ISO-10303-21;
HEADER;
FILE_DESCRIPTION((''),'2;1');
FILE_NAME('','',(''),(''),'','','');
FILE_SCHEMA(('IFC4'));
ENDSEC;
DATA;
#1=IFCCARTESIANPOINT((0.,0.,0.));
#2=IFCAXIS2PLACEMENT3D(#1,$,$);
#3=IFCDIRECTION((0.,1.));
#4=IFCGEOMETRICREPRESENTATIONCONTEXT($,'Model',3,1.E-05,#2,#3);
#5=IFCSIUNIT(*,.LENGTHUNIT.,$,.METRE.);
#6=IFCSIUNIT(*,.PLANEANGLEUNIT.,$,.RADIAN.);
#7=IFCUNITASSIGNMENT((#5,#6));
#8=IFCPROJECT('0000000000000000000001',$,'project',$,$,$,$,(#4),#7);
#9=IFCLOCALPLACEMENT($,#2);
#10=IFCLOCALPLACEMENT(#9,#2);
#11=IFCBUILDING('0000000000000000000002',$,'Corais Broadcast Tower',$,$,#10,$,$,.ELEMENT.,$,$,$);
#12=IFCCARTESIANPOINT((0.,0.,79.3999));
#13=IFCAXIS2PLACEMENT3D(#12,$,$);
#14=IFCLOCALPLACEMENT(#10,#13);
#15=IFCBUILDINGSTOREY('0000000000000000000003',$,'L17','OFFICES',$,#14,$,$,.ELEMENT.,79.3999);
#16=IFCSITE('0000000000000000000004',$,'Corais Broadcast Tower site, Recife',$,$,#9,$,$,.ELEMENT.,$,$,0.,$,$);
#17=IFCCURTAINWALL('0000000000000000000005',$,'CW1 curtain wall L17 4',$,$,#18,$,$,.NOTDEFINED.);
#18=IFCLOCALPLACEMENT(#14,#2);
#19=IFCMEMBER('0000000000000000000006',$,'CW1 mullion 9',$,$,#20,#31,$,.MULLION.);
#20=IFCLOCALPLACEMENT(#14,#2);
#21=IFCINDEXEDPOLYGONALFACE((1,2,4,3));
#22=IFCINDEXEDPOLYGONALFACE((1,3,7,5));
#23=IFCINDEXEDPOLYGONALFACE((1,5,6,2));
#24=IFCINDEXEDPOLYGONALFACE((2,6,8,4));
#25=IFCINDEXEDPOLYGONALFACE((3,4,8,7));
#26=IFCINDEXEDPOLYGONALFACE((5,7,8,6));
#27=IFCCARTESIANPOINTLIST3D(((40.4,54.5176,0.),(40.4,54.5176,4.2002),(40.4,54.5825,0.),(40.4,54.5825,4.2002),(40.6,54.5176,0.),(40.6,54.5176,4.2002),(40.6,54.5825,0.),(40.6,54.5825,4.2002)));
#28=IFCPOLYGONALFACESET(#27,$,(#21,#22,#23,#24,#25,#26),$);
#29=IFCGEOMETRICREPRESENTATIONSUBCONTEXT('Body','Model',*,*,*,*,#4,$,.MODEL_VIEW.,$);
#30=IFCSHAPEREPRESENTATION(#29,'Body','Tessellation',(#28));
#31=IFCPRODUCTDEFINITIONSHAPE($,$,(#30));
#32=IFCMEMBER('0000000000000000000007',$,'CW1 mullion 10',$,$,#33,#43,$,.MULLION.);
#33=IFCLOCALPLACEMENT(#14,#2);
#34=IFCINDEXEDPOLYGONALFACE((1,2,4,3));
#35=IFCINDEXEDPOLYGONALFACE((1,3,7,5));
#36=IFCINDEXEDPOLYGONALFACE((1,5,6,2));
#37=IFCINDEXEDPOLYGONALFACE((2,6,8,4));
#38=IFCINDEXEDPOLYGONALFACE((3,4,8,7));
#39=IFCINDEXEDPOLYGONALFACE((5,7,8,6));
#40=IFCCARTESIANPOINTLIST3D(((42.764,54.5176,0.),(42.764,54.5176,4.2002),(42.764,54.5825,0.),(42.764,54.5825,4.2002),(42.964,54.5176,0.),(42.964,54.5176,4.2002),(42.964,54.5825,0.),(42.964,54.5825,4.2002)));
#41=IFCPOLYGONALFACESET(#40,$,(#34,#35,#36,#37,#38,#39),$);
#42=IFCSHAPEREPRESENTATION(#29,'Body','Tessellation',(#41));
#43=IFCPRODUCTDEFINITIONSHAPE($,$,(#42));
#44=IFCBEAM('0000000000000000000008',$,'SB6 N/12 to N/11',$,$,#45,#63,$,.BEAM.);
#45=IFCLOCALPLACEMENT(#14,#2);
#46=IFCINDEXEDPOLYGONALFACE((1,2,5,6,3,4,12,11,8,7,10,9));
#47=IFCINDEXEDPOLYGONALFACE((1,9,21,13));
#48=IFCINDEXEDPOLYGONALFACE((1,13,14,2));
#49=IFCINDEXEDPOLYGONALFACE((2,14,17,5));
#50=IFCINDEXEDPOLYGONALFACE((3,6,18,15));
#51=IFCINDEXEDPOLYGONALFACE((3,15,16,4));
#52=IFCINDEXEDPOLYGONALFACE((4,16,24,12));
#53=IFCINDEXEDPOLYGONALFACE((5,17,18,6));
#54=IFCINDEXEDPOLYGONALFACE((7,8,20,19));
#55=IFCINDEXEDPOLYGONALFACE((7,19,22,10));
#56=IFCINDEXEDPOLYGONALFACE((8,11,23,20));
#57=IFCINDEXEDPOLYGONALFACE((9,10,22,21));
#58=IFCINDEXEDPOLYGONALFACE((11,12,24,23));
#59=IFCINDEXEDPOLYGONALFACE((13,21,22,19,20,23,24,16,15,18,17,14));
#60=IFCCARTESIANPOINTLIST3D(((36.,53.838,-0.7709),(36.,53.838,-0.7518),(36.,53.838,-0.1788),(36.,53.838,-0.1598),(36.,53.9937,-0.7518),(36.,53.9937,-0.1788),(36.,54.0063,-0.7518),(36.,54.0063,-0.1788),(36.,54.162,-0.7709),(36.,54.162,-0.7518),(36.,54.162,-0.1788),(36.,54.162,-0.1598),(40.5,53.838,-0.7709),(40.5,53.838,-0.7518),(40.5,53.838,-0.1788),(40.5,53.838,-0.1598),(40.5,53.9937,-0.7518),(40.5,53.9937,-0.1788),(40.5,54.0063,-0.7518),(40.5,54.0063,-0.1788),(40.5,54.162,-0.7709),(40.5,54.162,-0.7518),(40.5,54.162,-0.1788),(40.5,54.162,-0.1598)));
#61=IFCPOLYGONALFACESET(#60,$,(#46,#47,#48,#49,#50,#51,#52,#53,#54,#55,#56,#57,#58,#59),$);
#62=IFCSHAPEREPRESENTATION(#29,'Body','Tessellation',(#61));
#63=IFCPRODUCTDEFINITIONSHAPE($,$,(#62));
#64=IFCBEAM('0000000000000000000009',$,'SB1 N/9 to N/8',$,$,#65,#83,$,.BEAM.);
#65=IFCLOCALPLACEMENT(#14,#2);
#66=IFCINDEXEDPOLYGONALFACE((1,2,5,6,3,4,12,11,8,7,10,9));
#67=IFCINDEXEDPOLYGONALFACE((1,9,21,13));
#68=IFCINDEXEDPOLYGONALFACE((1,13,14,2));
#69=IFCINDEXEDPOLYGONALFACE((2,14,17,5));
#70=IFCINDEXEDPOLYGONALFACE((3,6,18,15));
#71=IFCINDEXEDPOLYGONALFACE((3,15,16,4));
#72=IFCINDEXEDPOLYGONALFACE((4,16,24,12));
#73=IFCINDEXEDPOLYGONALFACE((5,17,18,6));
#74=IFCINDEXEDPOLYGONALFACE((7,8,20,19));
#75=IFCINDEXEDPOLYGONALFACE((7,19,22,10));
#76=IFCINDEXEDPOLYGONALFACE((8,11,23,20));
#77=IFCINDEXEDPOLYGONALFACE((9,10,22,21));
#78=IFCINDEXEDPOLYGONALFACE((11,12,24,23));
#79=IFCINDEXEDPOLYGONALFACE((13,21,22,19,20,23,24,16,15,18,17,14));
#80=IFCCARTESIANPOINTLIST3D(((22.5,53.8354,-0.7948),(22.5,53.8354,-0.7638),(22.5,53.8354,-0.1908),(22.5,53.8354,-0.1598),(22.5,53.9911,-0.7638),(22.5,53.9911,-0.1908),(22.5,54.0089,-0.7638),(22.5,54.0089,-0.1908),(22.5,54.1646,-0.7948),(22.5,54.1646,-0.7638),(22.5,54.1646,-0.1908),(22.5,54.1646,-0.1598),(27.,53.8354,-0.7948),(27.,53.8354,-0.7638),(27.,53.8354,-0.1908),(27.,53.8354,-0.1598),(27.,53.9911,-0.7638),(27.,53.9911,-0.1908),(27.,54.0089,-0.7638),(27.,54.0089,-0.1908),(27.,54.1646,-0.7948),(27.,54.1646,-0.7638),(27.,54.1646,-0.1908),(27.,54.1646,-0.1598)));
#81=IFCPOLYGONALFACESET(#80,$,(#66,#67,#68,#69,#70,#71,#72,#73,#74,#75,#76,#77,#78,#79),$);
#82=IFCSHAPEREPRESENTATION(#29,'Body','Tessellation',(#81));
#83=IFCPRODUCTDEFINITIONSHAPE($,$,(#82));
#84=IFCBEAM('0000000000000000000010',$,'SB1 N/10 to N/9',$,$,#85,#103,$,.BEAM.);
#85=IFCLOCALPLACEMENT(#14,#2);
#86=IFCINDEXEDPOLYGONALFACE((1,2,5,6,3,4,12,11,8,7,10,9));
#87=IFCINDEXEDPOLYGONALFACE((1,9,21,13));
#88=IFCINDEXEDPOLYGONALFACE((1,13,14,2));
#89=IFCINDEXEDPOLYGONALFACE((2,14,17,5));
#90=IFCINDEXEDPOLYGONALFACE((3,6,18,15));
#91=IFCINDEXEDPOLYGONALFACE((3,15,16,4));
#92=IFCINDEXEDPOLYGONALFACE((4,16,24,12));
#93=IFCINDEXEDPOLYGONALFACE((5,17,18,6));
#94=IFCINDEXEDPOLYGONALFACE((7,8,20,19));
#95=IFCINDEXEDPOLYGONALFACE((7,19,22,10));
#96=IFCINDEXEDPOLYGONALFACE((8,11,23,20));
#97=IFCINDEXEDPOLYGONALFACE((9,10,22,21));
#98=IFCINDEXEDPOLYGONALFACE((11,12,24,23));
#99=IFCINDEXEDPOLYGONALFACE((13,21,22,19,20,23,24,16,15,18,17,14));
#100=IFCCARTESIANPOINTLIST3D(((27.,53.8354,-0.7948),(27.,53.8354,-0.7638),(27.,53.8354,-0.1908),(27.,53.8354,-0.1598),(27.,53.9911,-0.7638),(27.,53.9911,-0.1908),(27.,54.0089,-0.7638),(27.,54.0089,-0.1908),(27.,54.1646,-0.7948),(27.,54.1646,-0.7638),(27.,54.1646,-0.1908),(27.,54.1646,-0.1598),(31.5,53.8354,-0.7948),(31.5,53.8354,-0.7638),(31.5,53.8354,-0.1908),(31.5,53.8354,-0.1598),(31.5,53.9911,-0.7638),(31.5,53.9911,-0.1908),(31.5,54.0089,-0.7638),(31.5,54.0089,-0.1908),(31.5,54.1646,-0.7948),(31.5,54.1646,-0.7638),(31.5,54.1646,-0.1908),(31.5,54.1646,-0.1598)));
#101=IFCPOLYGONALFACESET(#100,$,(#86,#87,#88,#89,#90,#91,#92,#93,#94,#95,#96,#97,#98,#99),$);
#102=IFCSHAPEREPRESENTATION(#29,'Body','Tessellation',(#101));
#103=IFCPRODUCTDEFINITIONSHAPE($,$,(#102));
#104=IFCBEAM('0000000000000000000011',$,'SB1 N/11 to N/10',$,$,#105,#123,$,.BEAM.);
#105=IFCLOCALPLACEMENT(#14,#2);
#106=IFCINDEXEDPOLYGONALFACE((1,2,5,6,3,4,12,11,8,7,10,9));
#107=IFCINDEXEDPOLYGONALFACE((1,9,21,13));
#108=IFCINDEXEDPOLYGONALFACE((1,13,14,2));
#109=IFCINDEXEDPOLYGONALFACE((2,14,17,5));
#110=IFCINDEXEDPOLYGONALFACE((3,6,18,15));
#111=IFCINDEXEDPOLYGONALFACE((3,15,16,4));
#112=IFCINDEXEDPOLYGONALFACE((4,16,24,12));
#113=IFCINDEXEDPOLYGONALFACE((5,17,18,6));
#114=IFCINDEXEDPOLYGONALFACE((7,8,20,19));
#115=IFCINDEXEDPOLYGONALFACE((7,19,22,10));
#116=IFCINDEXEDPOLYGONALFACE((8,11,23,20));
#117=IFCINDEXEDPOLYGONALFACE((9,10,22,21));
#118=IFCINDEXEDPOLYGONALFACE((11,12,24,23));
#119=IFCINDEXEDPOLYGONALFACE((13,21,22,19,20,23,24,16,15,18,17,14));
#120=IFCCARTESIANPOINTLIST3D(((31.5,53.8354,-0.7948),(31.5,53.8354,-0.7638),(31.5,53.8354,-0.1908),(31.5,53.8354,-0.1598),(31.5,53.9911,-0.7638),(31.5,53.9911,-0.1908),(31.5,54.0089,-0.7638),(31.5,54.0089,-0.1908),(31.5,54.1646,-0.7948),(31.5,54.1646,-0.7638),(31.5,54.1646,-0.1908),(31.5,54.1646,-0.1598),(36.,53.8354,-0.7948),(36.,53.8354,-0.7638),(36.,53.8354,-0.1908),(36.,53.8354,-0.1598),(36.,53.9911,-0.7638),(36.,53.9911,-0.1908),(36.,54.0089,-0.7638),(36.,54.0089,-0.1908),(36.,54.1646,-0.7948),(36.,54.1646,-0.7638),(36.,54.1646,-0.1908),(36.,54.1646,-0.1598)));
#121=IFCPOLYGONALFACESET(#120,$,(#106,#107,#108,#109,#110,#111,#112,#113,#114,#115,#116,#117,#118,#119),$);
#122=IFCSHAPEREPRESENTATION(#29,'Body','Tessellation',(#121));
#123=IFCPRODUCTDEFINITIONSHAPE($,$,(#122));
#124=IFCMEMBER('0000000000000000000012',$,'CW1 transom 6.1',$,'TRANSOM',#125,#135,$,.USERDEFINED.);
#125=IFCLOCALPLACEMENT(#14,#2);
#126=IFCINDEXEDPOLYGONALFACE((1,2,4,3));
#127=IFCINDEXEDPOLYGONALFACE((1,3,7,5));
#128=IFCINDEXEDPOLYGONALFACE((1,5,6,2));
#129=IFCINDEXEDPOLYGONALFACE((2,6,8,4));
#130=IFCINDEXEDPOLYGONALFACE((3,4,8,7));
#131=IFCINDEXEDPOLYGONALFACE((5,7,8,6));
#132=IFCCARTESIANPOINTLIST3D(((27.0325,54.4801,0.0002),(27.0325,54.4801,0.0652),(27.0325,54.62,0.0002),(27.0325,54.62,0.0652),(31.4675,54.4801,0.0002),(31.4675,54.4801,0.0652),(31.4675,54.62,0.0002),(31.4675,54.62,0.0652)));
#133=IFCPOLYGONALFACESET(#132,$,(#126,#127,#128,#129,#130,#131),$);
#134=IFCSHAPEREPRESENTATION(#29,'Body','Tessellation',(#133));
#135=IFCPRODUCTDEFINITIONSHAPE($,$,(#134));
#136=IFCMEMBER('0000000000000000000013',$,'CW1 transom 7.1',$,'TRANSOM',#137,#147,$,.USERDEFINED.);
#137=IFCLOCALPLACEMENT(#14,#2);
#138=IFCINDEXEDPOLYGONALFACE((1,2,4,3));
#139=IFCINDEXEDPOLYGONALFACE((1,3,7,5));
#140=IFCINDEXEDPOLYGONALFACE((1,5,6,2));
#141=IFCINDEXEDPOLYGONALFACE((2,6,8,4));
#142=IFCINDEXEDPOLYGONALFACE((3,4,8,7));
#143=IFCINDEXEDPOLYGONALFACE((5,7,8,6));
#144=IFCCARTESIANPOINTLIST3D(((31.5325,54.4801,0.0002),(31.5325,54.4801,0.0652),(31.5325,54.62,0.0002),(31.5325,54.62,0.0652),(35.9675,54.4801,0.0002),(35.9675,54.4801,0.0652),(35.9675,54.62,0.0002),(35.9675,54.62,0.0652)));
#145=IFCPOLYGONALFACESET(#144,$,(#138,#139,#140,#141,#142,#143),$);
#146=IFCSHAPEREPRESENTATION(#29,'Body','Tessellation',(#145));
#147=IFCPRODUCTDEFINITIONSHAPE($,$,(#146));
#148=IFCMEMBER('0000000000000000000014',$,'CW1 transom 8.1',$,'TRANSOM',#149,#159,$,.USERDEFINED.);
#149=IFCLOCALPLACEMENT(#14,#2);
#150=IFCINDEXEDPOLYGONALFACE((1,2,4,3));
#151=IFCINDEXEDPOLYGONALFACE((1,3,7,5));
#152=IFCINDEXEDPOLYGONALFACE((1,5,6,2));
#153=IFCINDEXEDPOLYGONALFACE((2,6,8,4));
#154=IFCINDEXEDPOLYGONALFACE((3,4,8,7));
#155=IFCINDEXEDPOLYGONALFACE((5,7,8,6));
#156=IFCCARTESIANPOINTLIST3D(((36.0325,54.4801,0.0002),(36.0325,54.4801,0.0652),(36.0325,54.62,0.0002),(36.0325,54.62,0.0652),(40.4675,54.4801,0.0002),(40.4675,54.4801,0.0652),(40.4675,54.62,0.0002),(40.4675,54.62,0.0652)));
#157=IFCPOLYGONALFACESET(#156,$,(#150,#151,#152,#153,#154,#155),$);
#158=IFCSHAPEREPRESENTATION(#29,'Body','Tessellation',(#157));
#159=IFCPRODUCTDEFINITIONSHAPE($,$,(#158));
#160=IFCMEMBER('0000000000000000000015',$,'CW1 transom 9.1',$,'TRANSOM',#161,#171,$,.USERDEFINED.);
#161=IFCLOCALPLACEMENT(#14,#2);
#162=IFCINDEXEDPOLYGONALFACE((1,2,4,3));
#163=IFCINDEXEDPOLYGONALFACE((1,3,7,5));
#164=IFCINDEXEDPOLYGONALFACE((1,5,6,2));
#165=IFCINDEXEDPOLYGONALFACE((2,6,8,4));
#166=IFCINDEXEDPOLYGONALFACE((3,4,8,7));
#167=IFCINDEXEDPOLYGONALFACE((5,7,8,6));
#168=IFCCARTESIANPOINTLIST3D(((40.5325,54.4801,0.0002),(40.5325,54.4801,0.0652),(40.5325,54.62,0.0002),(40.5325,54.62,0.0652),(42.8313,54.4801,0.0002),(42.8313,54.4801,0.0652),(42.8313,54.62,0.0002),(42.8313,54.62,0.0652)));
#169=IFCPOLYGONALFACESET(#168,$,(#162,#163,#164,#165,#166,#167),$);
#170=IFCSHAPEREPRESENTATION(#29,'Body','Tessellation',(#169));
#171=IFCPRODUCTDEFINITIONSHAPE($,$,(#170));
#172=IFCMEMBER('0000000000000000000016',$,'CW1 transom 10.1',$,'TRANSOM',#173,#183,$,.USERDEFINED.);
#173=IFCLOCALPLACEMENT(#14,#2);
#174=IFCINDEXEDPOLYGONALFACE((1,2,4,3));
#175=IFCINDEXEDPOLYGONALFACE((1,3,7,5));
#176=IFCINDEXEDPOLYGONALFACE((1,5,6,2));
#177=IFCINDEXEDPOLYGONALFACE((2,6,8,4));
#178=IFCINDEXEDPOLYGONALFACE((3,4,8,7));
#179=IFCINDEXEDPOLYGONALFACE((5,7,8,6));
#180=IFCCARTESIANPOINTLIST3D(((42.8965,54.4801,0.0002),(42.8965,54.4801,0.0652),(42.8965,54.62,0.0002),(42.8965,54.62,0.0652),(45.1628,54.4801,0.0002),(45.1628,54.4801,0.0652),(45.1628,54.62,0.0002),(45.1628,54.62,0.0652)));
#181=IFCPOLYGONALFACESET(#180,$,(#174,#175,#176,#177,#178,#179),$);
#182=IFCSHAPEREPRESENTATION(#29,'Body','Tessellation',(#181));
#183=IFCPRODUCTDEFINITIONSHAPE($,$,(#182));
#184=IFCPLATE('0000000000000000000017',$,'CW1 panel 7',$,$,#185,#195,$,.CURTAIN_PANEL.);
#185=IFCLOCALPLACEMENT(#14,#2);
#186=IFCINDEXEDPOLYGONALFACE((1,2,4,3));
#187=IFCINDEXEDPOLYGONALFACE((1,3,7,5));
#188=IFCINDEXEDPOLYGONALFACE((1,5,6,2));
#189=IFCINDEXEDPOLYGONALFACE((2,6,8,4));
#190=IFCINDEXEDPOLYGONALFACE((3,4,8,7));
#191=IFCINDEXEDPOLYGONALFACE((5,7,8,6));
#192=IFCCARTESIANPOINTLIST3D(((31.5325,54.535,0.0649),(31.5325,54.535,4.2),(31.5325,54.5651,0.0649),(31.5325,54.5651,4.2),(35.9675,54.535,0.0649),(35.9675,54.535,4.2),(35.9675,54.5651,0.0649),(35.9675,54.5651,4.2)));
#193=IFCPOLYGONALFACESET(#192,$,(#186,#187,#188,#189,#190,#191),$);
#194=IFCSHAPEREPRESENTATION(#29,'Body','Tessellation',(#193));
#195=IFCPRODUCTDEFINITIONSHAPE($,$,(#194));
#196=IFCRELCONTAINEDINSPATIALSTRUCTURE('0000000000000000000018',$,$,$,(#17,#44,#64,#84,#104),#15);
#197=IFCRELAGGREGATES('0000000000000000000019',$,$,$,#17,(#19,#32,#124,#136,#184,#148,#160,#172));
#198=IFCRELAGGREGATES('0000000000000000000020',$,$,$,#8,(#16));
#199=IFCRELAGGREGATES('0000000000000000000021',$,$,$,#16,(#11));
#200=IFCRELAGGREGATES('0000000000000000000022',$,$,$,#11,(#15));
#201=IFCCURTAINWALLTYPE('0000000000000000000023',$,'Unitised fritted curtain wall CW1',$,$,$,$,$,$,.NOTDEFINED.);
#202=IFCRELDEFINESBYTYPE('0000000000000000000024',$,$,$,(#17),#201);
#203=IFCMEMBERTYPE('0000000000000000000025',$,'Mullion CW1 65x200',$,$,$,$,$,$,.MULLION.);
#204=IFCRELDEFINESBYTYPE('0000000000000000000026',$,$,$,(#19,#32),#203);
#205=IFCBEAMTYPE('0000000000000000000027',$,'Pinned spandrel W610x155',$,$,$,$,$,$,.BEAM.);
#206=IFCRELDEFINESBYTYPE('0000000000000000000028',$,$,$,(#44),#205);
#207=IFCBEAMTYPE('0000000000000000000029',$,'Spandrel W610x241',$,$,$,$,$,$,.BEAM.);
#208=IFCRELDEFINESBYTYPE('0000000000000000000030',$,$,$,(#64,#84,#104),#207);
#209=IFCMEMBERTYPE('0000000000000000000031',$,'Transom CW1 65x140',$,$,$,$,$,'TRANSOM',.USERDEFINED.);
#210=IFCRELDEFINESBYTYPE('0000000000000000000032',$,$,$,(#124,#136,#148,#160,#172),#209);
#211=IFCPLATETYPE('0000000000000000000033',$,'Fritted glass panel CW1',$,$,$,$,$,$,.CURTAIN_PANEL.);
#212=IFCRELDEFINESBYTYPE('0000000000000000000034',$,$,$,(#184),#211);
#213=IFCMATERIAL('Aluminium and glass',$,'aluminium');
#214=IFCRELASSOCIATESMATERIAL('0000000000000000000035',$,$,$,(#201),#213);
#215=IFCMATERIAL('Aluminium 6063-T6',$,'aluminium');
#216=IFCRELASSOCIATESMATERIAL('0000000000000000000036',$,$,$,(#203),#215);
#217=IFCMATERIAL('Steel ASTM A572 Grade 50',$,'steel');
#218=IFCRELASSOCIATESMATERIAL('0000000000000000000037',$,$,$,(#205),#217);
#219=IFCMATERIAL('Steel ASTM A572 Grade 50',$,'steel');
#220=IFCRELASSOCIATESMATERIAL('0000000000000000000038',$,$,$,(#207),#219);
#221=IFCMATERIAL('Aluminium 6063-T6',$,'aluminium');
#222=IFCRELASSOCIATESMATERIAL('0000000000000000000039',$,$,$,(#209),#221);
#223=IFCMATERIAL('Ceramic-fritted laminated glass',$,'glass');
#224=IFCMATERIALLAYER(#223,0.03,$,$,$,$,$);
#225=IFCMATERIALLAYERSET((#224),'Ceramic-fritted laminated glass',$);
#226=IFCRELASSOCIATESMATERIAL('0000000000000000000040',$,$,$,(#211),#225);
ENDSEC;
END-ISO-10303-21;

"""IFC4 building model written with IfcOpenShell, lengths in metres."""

from ifc_helpers import new_model, si_unit, direction, frame, origin, origin_2d, place, context, subcontext, project, spatial, rectangle, i_section, extrude, material, layer, layer_set, material_profile, profile_set, type_object, element, aggregate, save


model = new_model("IFC4")

# Units and contexts
model_context = context("Model", 3, precision=1e-05, world=origin(), true_north=direction((0.0, 1.0)))
body_context = subcontext(model_context, "Body", "Model", "MODEL_VIEW")
ifc_project = project(units=[si_unit("LENGTHUNIT", "METRE"), si_unit("PLANEANGLEUNIT", "RADIAN")], contexts=[model_context])

# Site, building, storey
site_placement = place(None, origin())
site = spatial("IfcSite", under=ifc_project, at=site_placement, Name="Corais Broadcast Tower site, Recife", CompositionType="ELEMENT", RefElevation=0.0)
building_placement = place(site_placement, origin())
building = spatial("IfcBuilding", under=site, at=building_placement, Name="Corais Broadcast Tower", CompositionType="ELEMENT")
storey_placement = place(building_placement, frame((0.0, 0.0, 79.3999)))
storey = spatial("IfcBuildingStorey", under=building, at=storey_placement, Name="L17", Description="OFFICES", CompositionType="ELEMENT", Elevation=79.3999)

# Curtain wall, members
ifc_material_1 = material(Name="Aluminium and glass", Category="aluminium")
curtain_wall_type = type_object("IfcCurtainWallType", Name="Unitised fritted curtain wall CW1", PredefinedType="NOTDEFINED", material=ifc_material_1)
curtain_wall_placement = place(storey_placement, origin())
curtain_wall = element("IfcCurtainWall", 1, at=curtain_wall_placement, inside=storey, type_object=curtain_wall_type, Name="CW1 curtain wall L17 4", PredefinedType="NOTDEFINED")
ifc_material_2 = material(Name="Aluminium 6063-T6", Category="aluminium")
ifc_material_profile_1 = material_profile(ifc_material_2, rectangle(XDim=0.0649, YDim=0.2, at=origin_2d()), Name="Mullion CW1 65x200")
ifc_profile_set_1 = profile_set([ifc_material_profile_1], Name="Aluminium 6063-T6")
member_type_1 = type_object("IfcMemberType", Name="Mullion CW1 65x200", PredefinedType="MULLION", material=ifc_profile_set_1)
member_1_placement = place(storey_placement, frame((40.5, 54.55, 0.0), z_axis=(0.0, 0.0, 1.0), x_axis=(0.0, 1.0, 0.0)))
member_1 = element("IfcMember", 2, at=member_1_placement, type_object=member_type_1, Name="CW1 mullion 9", PredefinedType="MULLION", context=body_context, shape_type="SweptSolid", body=[
    extrude(rectangle(XDim=0.0649, YDim=0.2, at=origin_2d()), origin(), (0.0, 0.0, 1.0), 4.2002),
])
member_2_placement = place(storey_placement, frame((42.864, 54.55, 0.0), z_axis=(0.0, 0.0, 1.0), x_axis=(0.0, 1.0, 0.0)))
member_2 = element("IfcMember", 3, at=member_2_placement, type_object=member_type_1, Name="CW1 mullion 10", PredefinedType="MULLION", context=body_context, shape_type="SweptSolid", body=[
    extrude(rectangle(XDim=0.0649, YDim=0.2, at=origin_2d()), origin(), (0.0, 0.0, 1.0), 4.2002),
])

# Beams
ifc_material_3 = material(Name="Steel ASTM A572 Grade 50", Category="steel")
ifc_material_profile_2 = material_profile(ifc_material_3, i_section(OverallWidth=0.324, OverallDepth=0.6111, WebThickness=0.0127, FlangeThickness=0.019, at=origin_2d()), Name="W610x155")
ifc_profile_set_2 = profile_set([ifc_material_profile_2], Name="Steel ASTM A572 Grade 50")
beam_type_1 = type_object("IfcBeamType", Name="Pinned spandrel W610x155", PredefinedType="BEAM", material=ifc_profile_set_2)
beam_placement = place(storey_placement, frame((40.5, 54.0, -0.4653), z_axis=(-1.0, 0.0, 0.0), x_axis=(0.0, -1.0, 0.0)))
element("IfcBeam", 4, at=beam_placement, inside=storey, type_object=beam_type_1, Name="SB6 N/12 to N/11", PredefinedType="BEAM", context=body_context, shape_type="SweptSolid", body=[
    extrude(i_section(OverallWidth=0.324, OverallDepth=0.6111, WebThickness=0.0127, FlangeThickness=0.019, at=origin_2d()), origin(), (0.0, 0.0, 1.0), 4.5),
])
ifc_material_4 = material(Name="Steel ASTM A572 Grade 50", Category="steel")
ifc_material_profile_3 = material_profile(ifc_material_4, i_section(OverallWidth=0.3291, OverallDepth=0.635, WebThickness=0.0178, FlangeThickness=0.031, at=origin_2d()), Name="W610x241")
ifc_profile_set_3 = profile_set([ifc_material_profile_3], Name="Steel ASTM A572 Grade 50")
beam_type_2 = type_object("IfcBeamType", Name="Spandrel W610x241", PredefinedType="BEAM", material=ifc_profile_set_3)
for number, where, z_axis, x_axis, name in (
    (5, (27.0, 54.0, -0.4773), (-1.0, 0.0, 0.0), (0.0, -1.0, 0.0), "SB1 N/9 to N/8"),
    (6, (31.5, 54.0, -0.4773), (-1.0, 0.0, 0.0), (0.0, -1.0, 0.0), "SB1 N/10 to N/9"),
    (7, (36.0, 54.0, -0.4773), (-1.0, 0.0, 0.0), (0.0, -1.0, 0.0), "SB1 N/11 to N/10"),
):
    element("IfcBeam", number, at=place(storey_placement, frame(where, z_axis=z_axis, x_axis=x_axis)), inside=storey, type_object=beam_type_2, Name=name, PredefinedType="BEAM", context=body_context, shape_type="SweptSolid", body=[
        extrude(i_section(OverallWidth=0.3291, OverallDepth=0.635, WebThickness=0.0178, FlangeThickness=0.031, at=origin_2d()), origin(), (0.0, 0.0, 1.0), 4.5),
    ])

# Members
ifc_material_5 = material(Name="Aluminium 6063-T6", Category="aluminium")
ifc_material_profile_4 = material_profile(ifc_material_5, rectangle(XDim=0.1399, YDim=0.0649, at=origin_2d()), Name="Transom CW1 65x140")
ifc_profile_set_4 = profile_set([ifc_material_profile_4], Name="Aluminium 6063-T6")
member_type_2 = type_object("IfcMemberType", Name="Transom CW1 65x140", ElementType="TRANSOM", PredefinedType="USERDEFINED", material=ifc_profile_set_4)
member_3_placement = place(storey_placement, frame((27.0325, 54.55, 0.0327), z_axis=(1.0, 0.0, 0.0), x_axis=(0.0, 1.0, 0.0)))
member_3 = element("IfcMember", 8, at=member_3_placement, type_object=member_type_2, Name="CW1 transom 6.1", ObjectType="TRANSOM", PredefinedType="USERDEFINED", context=body_context, shape_type="SweptSolid", body=[
    extrude(rectangle(XDim=0.1399, YDim=0.0649, at=origin_2d()), origin(), (0.0, 0.0, 1.0), 4.4351),
])
member_4_placement = place(storey_placement, frame((31.5325, 54.55, 0.0327), z_axis=(1.0, 0.0, 0.0), x_axis=(0.0, 1.0, 0.0)))
member_4 = element("IfcMember", 9, at=member_4_placement, type_object=member_type_2, Name="CW1 transom 7.1", ObjectType="TRANSOM", PredefinedType="USERDEFINED", context=body_context, shape_type="SweptSolid", body=[
    extrude(rectangle(XDim=0.1399, YDim=0.0649, at=origin_2d()), origin(), (0.0, 0.0, 1.0), 4.4351),
])
member_5_placement = place(storey_placement, frame((36.0325, 54.55, 0.0327), z_axis=(1.0, 0.0, 0.0), x_axis=(0.0, 1.0, 0.0)))
member_5 = element("IfcMember", 10, at=member_5_placement, type_object=member_type_2, Name="CW1 transom 8.1", ObjectType="TRANSOM", PredefinedType="USERDEFINED", context=body_context, shape_type="SweptSolid", body=[
    extrude(rectangle(XDim=0.1399, YDim=0.0649, at=origin_2d()), origin(), (0.0, 0.0, 1.0), 4.4351),
])
member_6_placement = place(storey_placement, frame((40.5325, 54.55, 0.0327), z_axis=(1.0, 0.0, 0.0), x_axis=(0.0, 1.0, 0.0)))
member_6 = element("IfcMember", 11, at=member_6_placement, type_object=member_type_2, Name="CW1 transom 9.1", ObjectType="TRANSOM", PredefinedType="USERDEFINED", context=body_context, shape_type="SweptSolid", body=[
    extrude(rectangle(XDim=0.1399, YDim=0.0649, at=origin_2d()), origin(), (0.0, 0.0, 1.0), 2.2988),
])
member_7_placement = place(storey_placement, frame((42.8965, 54.55, 0.0327), z_axis=(1.0, 0.0, 0.0), x_axis=(0.0, 1.0, 0.0)))
member_7 = element("IfcMember", 12, at=member_7_placement, type_object=member_type_2, Name="CW1 transom 10.1", ObjectType="TRANSOM", PredefinedType="USERDEFINED", context=body_context, shape_type="SweptSolid", body=[
    extrude(rectangle(XDim=0.1399, YDim=0.0649, at=origin_2d()), origin(), (0.0, 0.0, 1.0), 2.2664),
])

# Plate
ifc_material_6 = material(Name="Ceramic-fritted laminated glass", Category="glass")
ifc_layer_1 = layer(ifc_material_6, 0.03)
ifc_layer_set_1 = layer_set([ifc_layer_1], Name="Ceramic-fritted laminated glass")
plate_type_1 = type_object("IfcPlateType", Name="Fritted glass panel CW1", PredefinedType="CURTAIN_PANEL", material=ifc_layer_set_1)
plate_1_placement = place(storey_placement, frame((33.75, 54.55, 0.0649), z_axis=(0.0, 0.0, 1.0), x_axis=(1.0, 0.0, 0.0)))
plate_1 = element("IfcPlate", 13, at=plate_1_placement, type_object=plate_type_1, Name="CW1 panel 7", PredefinedType="CURTAIN_PANEL", context=body_context, shape_type="SweptSolid", body=[
    extrude(rectangle(XDim=4.4351, YDim=0.03, at=origin_2d()), origin(), (0.0, 0.0, 1.0), 4.135),
])
aggregate(curtain_wall, [member_1, member_2, member_3, member_4, plate_1, member_5, member_6, member_7])

save(model, "model.ifc")
